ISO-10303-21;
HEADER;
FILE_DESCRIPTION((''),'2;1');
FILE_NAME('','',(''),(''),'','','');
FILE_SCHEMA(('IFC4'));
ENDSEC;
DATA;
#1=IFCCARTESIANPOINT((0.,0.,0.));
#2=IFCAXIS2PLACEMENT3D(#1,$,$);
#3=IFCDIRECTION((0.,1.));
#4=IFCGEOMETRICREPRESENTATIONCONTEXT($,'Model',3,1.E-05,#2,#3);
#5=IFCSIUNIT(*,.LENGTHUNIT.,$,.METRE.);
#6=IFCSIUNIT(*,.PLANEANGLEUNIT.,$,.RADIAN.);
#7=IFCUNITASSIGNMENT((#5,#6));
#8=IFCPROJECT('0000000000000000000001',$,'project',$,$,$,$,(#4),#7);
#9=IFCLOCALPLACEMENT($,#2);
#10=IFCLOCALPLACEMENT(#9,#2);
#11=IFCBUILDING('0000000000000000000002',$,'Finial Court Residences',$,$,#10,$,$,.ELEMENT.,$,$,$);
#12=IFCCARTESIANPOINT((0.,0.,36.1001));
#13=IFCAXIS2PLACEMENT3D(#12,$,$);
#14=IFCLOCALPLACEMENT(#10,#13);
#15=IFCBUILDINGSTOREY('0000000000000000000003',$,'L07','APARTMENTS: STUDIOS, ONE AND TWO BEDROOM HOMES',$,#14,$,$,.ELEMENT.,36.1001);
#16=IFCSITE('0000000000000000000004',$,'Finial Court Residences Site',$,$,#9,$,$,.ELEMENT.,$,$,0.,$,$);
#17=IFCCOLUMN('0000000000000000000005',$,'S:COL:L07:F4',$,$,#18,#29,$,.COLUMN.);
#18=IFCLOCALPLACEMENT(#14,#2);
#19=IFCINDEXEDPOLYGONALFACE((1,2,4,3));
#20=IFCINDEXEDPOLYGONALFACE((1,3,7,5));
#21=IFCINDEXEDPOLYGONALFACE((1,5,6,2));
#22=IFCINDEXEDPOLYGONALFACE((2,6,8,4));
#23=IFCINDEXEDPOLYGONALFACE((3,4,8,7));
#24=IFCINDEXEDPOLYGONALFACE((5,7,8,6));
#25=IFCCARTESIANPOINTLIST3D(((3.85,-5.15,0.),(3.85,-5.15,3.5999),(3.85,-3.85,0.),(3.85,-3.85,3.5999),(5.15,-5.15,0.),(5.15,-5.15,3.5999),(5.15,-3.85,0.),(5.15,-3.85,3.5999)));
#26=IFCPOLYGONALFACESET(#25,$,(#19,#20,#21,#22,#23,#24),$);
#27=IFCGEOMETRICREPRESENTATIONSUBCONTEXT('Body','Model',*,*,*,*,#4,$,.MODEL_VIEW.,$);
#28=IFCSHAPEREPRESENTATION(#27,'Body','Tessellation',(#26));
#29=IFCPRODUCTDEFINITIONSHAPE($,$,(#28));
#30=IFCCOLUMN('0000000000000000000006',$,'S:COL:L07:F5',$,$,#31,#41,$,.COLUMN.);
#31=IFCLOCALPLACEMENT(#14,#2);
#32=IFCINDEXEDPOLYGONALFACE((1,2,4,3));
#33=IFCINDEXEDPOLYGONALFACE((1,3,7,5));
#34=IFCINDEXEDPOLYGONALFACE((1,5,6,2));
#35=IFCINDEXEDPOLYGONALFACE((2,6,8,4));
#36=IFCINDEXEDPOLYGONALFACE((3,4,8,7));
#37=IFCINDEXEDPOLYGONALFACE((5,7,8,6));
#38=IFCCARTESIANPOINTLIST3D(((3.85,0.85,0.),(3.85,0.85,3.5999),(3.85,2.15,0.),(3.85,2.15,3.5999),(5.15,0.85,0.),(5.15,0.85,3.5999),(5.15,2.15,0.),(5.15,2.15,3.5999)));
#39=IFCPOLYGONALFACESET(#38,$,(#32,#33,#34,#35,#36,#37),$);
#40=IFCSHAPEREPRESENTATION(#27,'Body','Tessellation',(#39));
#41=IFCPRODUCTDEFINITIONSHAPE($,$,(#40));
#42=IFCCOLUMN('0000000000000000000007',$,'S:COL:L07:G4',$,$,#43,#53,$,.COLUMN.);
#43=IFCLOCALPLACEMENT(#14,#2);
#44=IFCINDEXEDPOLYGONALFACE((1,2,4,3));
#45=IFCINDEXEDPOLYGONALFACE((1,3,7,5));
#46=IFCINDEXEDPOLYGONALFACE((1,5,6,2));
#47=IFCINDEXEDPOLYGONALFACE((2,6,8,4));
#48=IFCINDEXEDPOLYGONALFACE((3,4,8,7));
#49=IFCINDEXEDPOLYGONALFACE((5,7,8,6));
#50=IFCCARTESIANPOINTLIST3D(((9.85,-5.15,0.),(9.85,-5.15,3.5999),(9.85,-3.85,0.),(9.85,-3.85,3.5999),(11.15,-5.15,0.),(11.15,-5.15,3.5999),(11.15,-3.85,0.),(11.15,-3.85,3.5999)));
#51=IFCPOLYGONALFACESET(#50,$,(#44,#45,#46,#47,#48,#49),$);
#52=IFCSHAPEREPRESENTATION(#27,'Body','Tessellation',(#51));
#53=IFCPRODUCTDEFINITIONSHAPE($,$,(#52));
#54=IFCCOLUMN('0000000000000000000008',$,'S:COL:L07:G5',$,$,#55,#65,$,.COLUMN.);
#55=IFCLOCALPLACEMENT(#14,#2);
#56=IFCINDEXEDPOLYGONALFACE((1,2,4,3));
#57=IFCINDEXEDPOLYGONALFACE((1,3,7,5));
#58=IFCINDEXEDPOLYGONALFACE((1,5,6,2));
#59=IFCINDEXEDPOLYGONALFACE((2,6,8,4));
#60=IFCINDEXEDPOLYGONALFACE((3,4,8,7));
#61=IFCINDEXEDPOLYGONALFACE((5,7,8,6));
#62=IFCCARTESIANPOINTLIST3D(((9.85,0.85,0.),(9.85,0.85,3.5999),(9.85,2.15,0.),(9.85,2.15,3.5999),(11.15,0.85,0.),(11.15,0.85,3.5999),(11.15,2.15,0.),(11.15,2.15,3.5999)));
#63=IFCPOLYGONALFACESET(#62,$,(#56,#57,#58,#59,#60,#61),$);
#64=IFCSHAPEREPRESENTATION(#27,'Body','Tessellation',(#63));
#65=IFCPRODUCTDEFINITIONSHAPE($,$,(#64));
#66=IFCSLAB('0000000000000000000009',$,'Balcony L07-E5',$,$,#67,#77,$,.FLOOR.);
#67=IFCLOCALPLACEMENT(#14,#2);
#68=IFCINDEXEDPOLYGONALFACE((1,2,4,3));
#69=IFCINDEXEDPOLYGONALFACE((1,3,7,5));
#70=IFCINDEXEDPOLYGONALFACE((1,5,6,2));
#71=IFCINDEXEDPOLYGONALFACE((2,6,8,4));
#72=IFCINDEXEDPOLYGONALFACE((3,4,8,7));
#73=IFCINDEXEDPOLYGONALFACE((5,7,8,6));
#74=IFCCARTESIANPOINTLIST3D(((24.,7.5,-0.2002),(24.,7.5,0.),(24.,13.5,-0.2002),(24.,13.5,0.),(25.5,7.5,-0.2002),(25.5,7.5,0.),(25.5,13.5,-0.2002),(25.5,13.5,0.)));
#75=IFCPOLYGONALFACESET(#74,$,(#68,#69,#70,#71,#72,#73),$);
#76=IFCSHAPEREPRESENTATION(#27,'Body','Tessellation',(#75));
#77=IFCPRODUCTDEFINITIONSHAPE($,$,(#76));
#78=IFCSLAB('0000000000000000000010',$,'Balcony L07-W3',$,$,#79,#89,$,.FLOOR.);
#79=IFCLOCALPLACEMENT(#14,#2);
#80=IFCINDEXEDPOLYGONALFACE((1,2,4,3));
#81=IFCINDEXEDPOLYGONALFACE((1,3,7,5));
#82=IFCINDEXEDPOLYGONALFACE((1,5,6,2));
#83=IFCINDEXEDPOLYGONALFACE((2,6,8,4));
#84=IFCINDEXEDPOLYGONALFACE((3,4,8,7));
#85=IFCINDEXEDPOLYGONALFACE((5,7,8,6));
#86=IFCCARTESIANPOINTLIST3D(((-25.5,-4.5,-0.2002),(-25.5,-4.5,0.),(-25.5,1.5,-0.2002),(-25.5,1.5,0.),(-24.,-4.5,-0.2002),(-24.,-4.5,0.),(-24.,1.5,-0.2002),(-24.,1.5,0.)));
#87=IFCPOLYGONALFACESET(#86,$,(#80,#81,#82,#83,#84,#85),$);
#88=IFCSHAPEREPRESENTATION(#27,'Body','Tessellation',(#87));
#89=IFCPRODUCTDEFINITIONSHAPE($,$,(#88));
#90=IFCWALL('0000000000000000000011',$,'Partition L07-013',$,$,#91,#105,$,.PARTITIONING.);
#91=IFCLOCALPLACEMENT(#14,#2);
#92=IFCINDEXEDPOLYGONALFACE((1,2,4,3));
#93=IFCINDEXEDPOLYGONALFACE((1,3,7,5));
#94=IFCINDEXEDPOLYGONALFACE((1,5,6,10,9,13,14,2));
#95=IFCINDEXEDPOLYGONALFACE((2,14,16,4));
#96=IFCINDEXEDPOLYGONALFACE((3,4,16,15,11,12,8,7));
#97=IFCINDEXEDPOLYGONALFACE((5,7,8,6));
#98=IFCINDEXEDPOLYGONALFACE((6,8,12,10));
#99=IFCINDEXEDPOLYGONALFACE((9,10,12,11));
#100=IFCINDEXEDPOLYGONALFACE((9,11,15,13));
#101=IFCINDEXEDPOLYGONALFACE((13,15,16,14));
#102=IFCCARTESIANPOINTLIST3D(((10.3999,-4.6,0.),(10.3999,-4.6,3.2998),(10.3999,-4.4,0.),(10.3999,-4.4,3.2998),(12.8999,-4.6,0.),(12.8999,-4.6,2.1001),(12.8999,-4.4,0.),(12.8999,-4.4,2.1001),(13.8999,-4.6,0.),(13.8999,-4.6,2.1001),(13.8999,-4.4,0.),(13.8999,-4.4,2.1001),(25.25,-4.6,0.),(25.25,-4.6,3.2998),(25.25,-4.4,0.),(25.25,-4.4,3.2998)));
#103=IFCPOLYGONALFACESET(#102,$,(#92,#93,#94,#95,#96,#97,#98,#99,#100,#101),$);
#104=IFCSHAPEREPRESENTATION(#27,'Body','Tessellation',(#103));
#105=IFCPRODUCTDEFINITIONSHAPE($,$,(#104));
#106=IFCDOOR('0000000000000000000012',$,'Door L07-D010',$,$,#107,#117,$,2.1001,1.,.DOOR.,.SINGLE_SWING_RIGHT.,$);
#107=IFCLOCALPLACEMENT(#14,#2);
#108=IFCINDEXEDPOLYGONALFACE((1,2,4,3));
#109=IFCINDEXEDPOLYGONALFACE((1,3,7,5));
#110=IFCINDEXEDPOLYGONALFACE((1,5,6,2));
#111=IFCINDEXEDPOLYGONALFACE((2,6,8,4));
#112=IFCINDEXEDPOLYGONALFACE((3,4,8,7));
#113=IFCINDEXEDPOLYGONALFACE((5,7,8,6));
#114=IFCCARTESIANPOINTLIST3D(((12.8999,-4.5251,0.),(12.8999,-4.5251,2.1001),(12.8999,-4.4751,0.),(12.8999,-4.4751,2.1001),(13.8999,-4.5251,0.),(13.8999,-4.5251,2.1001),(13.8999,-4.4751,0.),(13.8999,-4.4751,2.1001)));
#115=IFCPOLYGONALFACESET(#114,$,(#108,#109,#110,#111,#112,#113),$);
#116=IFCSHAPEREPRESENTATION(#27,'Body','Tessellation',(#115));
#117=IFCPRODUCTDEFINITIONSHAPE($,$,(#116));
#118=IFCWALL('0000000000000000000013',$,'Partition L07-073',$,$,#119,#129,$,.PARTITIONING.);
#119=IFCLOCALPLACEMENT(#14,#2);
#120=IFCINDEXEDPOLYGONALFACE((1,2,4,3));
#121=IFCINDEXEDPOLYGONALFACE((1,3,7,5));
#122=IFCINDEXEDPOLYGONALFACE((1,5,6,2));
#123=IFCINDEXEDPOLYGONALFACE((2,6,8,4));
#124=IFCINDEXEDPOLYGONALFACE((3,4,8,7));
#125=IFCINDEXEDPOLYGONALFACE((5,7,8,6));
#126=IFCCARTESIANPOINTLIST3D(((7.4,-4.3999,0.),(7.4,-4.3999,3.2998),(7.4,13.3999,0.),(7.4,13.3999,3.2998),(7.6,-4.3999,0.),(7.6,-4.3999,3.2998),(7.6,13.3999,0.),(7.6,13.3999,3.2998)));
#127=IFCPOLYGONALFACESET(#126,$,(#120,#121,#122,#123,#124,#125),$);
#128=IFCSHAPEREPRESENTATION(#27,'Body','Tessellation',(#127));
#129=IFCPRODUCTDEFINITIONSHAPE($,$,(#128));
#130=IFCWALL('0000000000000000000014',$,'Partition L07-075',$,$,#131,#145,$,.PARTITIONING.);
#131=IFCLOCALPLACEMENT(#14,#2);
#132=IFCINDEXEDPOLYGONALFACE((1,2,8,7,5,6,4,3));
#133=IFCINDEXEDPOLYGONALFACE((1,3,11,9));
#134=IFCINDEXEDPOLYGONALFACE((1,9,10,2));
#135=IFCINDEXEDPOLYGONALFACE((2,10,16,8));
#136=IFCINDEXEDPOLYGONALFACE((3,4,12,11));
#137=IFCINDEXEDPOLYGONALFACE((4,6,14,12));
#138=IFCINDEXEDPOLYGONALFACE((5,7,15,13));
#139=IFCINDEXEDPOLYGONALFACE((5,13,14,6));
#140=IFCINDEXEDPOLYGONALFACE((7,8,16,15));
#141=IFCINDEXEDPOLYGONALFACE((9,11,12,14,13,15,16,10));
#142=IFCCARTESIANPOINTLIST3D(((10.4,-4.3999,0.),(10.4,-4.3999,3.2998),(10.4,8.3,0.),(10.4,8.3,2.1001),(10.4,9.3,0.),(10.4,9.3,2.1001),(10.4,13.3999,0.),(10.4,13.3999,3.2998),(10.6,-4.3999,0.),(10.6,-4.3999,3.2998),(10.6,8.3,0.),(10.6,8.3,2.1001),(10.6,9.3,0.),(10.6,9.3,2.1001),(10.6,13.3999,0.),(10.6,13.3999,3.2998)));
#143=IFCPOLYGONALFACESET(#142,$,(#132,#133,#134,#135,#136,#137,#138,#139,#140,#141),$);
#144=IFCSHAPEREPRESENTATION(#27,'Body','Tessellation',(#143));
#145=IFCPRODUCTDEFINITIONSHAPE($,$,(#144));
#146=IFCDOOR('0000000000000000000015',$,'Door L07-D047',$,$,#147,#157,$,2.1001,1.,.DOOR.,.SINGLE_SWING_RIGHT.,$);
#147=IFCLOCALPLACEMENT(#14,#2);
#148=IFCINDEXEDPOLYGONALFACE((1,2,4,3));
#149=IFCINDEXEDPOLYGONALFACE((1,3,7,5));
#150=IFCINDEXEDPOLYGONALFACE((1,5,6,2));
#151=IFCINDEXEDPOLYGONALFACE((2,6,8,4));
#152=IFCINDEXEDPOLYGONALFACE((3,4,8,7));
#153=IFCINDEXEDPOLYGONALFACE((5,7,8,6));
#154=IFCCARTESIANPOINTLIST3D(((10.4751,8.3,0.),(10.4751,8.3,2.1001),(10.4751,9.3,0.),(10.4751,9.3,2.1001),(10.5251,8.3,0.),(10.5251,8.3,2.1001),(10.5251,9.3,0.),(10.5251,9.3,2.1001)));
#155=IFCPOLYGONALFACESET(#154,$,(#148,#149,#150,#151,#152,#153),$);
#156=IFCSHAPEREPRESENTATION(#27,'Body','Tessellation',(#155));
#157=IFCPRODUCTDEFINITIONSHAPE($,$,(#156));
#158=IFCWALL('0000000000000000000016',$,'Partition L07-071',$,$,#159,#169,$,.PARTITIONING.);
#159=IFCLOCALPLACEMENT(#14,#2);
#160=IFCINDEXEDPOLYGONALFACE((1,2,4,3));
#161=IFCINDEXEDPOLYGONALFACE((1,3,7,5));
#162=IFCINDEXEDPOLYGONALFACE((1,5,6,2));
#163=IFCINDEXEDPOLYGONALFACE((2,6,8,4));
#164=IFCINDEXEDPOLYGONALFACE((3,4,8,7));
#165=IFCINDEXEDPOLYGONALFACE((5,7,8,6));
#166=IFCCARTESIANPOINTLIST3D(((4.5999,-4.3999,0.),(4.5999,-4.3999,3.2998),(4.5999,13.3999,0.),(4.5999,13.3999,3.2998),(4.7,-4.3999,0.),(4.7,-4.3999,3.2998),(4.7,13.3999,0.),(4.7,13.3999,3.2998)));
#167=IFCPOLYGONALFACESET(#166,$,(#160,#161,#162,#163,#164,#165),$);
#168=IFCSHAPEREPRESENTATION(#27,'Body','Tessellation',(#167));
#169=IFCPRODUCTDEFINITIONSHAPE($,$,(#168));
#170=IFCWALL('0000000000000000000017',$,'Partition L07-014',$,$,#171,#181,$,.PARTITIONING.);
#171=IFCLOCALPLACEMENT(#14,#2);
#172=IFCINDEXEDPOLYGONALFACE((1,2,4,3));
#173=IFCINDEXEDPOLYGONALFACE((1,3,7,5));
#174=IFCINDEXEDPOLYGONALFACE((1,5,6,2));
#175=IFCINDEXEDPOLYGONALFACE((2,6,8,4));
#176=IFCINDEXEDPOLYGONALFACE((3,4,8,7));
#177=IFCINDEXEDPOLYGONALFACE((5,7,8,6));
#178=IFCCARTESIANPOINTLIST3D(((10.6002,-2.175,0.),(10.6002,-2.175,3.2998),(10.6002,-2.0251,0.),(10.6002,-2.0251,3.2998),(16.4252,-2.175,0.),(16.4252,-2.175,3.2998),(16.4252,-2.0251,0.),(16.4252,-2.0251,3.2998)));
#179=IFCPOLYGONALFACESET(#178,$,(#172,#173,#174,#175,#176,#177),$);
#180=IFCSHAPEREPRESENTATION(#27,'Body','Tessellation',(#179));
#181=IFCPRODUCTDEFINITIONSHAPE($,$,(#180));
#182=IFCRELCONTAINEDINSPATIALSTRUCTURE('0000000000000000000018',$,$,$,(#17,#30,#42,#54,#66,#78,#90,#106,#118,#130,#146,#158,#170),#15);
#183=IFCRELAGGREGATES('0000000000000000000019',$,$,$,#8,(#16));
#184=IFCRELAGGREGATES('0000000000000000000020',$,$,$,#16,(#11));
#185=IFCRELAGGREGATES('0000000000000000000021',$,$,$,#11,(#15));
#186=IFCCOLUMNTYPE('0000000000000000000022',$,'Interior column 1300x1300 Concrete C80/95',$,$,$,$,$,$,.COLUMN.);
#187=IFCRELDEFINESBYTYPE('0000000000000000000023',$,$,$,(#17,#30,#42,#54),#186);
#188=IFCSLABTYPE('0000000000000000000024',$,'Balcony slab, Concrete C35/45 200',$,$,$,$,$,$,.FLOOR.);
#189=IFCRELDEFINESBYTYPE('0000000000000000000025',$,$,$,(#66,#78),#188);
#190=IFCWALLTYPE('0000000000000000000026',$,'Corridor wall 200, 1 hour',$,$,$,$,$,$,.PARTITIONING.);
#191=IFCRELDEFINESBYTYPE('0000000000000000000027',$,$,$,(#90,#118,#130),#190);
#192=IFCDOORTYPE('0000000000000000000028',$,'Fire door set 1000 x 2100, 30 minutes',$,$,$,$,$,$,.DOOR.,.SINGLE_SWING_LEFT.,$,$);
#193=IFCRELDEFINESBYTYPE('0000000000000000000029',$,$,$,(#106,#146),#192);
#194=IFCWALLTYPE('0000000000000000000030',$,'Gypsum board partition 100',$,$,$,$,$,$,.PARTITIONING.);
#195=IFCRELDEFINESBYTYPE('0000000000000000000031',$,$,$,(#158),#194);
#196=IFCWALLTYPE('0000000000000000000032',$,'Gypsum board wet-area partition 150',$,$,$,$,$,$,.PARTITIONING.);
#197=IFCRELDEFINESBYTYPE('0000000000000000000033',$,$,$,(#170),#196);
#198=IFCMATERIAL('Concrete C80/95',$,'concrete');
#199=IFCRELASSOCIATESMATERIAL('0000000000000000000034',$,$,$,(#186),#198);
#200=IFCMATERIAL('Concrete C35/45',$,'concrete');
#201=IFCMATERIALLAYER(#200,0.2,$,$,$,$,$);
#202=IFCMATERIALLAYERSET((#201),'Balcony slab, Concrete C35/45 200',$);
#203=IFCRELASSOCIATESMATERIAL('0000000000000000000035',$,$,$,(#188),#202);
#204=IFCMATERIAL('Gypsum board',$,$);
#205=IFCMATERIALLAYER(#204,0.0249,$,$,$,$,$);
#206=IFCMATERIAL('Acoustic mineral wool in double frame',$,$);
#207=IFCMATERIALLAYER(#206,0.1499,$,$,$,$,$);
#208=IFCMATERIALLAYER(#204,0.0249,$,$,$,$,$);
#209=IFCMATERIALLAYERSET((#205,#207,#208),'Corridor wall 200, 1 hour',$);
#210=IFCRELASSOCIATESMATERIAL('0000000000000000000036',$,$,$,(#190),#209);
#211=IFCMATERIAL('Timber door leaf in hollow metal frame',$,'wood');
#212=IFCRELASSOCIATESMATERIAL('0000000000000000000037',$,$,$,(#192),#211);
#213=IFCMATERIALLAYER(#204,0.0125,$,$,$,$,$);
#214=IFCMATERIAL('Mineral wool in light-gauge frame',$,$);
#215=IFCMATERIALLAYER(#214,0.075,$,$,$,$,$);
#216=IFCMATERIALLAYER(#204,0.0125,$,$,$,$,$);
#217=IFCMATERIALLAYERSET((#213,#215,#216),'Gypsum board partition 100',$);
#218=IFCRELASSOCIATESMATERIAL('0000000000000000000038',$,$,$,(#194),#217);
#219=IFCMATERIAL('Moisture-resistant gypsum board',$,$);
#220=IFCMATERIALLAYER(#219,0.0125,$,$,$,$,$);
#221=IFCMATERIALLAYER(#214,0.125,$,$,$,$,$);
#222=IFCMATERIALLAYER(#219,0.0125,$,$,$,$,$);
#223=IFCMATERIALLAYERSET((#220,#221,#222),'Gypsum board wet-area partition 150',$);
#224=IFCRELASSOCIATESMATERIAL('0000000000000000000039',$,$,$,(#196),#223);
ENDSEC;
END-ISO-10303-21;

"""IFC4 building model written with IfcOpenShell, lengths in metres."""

from ifc_helpers import new_model, si_unit, direction, frame, frame_2d, origin, origin_2d, place, context, subcontext, project, spatial, polyline, rectangle, outline, extrude, material, layer, layer_set, material_profile, profile_set, type_object, element, fill, save


model = new_model("IFC4")

# Units and contexts
model_context = context("Model", 3, precision=1e-05, world=origin(), true_north=direction((0.0, 1.0)))
body_context = subcontext(model_context, "Body", "Model", "MODEL_VIEW")
ifc_project = project(units=[si_unit("LENGTHUNIT", "METRE"), si_unit("PLANEANGLEUNIT", "RADIAN")], contexts=[model_context])

# Site, building, storey
site_placement = place(None, origin())
site = spatial("IfcSite", under=ifc_project, at=site_placement, Name="Finial Court Residences Site", CompositionType="ELEMENT", RefElevation=0.0)
building_placement = place(site_placement, origin())
building = spatial("IfcBuilding", under=site, at=building_placement, Name="Finial Court Residences", CompositionType="ELEMENT")
storey_placement = place(building_placement, frame((0.0, 0.0, 36.1001)))
storey = spatial("IfcBuildingStorey", under=building, at=storey_placement, Name="L07", Description="APARTMENTS: STUDIOS, ONE AND TWO BEDROOM HOMES", CompositionType="ELEMENT", Elevation=36.1001)

# Columns
ifc_material_1 = material(Name="Concrete C80/95", Category="concrete")
ifc_material_profile = material_profile(ifc_material_1, rectangle(XDim=1.3, YDim=1.3, at=origin_2d()), Name="1300x1300")
ifc_profile_set = profile_set([ifc_material_profile], Name="Concrete C80/95")
column_type = type_object("IfcColumnType", Name="Interior column 1300x1300 Concrete C80/95", PredefinedType="COLUMN", material=ifc_profile_set)
for number, where, z_axis, x_axis, name in (
    (1, (4.5, -4.5, 0.0), (0.0, 0.0, 1.0), (1.0, 0.0, 0.0), "S:COL:L07:F4"),
    (2, (4.5, 1.5, 0.0), (0.0, 0.0, 1.0), (1.0, 0.0, 0.0), "S:COL:L07:F5"),
    (3, (10.5, -4.5, 0.0), (0.0, 0.0, 1.0), (1.0, 0.0, 0.0), "S:COL:L07:G4"),
    (4, (10.5, 1.5, 0.0), (0.0, 0.0, 1.0), (1.0, 0.0, 0.0), "S:COL:L07:G5"),
):
    element("IfcColumn", number, at=place(storey_placement, frame(where, z_axis=z_axis, x_axis=x_axis)), inside=storey, type_object=column_type, Name=name, PredefinedType="COLUMN", context=body_context, shape_type="SweptSolid", body=[
        extrude(rectangle(XDim=1.3, YDim=1.3, at=origin_2d()), origin(), (0.0, 0.0, 1.0), 3.5999),
    ])

# Slabs
ifc_material_2 = material(Name="Concrete C35/45", Category="concrete")
ifc_layer_1 = layer(ifc_material_2, 0.2)
ifc_layer_set_1 = layer_set([ifc_layer_1], Name="Balcony slab, Concrete C35/45 200")
slab_type = type_object("IfcSlabType", Name="Balcony slab, Concrete C35/45 200", PredefinedType="FLOOR", material=ifc_layer_set_1)
slab_1_placement = place(storey_placement, frame((0.0, 0.0, -0.2002)))
element("IfcSlab", 5, at=slab_1_placement, inside=storey, type_object=slab_type, Name="Balcony L07-E5", PredefinedType="FLOOR", context=body_context, shape_type="SweptSolid", body=[
    extrude(outline(polyline([(25.5, 7.5), (25.5, 13.5), (24.0, 13.5), (24.0, 7.5), (25.5, 7.5)])), origin(), (0.0, 0.0, 1.0), 0.2002),
])
slab_2_placement = place(storey_placement, frame((0.0, 0.0, -0.2002)))
element("IfcSlab", 6, at=slab_2_placement, inside=storey, type_object=slab_type, Name="Balcony L07-W3", PredefinedType="FLOOR", context=body_context, shape_type="SweptSolid", body=[
    extrude(outline(polyline([(-24.0, -4.5), (-24.0, 1.5), (-25.5, 1.5), (-25.5, -4.5), (-24.0, -4.5)])), origin(), (0.0, 0.0, 1.0), 0.2002),
])

# Wall, opening, door
ifc_material_3 = material(Name="Gypsum board")
ifc_layer_2 = layer(ifc_material_3, 0.0249)
ifc_material_4 = material(Name="Acoustic mineral wool in double frame")
ifc_layer_3 = layer(ifc_material_4, 0.1499)
ifc_layer_4 = layer(ifc_material_3, 0.0249)
ifc_layer_set_2 = layer_set([ifc_layer_2, ifc_layer_3, ifc_layer_4], Name="Corridor wall 200, 1 hour")
wall_type_1 = type_object("IfcWallType", Name="Corridor wall 200, 1 hour", PredefinedType="PARTITIONING", material=ifc_layer_set_2)
wall_1_placement = place(storey_placement, frame((10.3999, -4.5, 0.0), z_axis=(0.0, 0.0, 1.0), x_axis=(1.0, 0.0, 0.0)))
wall_1 = element("IfcWall", 7, at=wall_1_placement, inside=storey, type_object=wall_type_1, Name="Partition L07-013", PredefinedType="PARTITIONING", context=body_context, shape_type="SweptSolid", body=[
    extrude(rectangle(XDim=14.8501, YDim=0.2, at=frame_2d((7.425, 0.0))), origin(), (0.0, 0.0, 1.0), 3.2998),
])
opening_1_placement = place(wall_1_placement, frame((2.5, 0.0, 0.0)))
opening_1 = element("IfcOpeningElement", 8, at=opening_1_placement, cuts=wall_1, PredefinedType="OPENING", context=body_context, shape_type="SweptSolid", body=[
    extrude(rectangle(XDim=1.0, YDim=2.1001, at=frame_2d((0.5, 1.05))), frame((0.0, 0.1099, 0.0), z_axis=(0.0, -1.0, 0.0), x_axis=(1.0, 0.0, 0.0)), (0.0, 0.0, 1.0), 0.22),
])
ifc_material_5 = material(Name="Timber door leaf in hollow metal frame", Category="wood")
door_type_1 = type_object("IfcDoorType", Name="Fire door set 1000 x 2100, 30 minutes", OperationType="SINGLE_SWING_LEFT", PredefinedType="DOOR", material=ifc_material_5)
door_1_placement = place(opening_1_placement, origin())
door_1 = element("IfcDoor", 9, at=door_1_placement, inside=storey, type_object=door_type_1, Name="Door L07-D010", OperationType="SINGLE_SWING_RIGHT", OverallHeight=2.1001, OverallWidth=1.0, PredefinedType="DOOR", context=body_context, shape_type="SweptSolid", body=[
    extrude(rectangle(XDim=1.0, YDim=2.1001, at=frame_2d((0.5, 1.05))), frame((0.0, 0.0249, 0.0), z_axis=(0.0, -1.0, 0.0), x_axis=(1.0, 0.0, 0.0)), (0.0, 0.0, 1.0), 0.05),
])
fill(opening_1, door_1)

# Wall
wall_2_placement = place(storey_placement, frame((7.5, -4.3999, 0.0), z_axis=(0.0, 0.0, 1.0), x_axis=(0.0, 1.0, 0.0)))
element("IfcWall", 10, at=wall_2_placement, inside=storey, type_object=wall_type_1, Name="Partition L07-073", PredefinedType="PARTITIONING", context=body_context, shape_type="SweptSolid", body=[
    extrude(rectangle(XDim=17.7998, YDim=0.2, at=frame_2d((8.8999, 0.0))), origin(), (0.0, 0.0, 1.0), 3.2998),
])

# Wall, opening, door
wall_3_placement = place(storey_placement, frame((10.5, -4.3999, 0.0), z_axis=(0.0, 0.0, 1.0), x_axis=(0.0, 1.0, 0.0)))
wall_3 = element("IfcWall", 11, at=wall_3_placement, inside=storey, type_object=wall_type_1, Name="Partition L07-075", PredefinedType="PARTITIONING", context=body_context, shape_type="SweptSolid", body=[
    extrude(rectangle(XDim=17.7998, YDim=0.2, at=frame_2d((8.8999, 0.0))), origin(), (0.0, 0.0, 1.0), 3.2998),
])
opening_2_placement = place(wall_3_placement, frame((12.7, 0.0, 0.0)))
opening_2 = element("IfcOpeningElement", 12, at=opening_2_placement, cuts=wall_3, PredefinedType="OPENING", context=body_context, shape_type="SweptSolid", body=[
    extrude(rectangle(XDim=1.0, YDim=2.1001, at=frame_2d((0.5, 1.05))), frame((0.0, 0.1099, 0.0), z_axis=(0.0, -1.0, 0.0), x_axis=(1.0, 0.0, 0.0)), (0.0, 0.0, 1.0), 0.22),
])
door_2_placement = place(opening_2_placement, origin())
door_2 = element("IfcDoor", 13, at=door_2_placement, inside=storey, type_object=door_type_1, Name="Door L07-D047", OperationType="SINGLE_SWING_RIGHT", OverallHeight=2.1001, OverallWidth=1.0, PredefinedType="DOOR", context=body_context, shape_type="SweptSolid", body=[
    extrude(rectangle(XDim=1.0, YDim=2.1001, at=frame_2d((0.5, 1.05))), frame((0.0, 0.0249, 0.0), z_axis=(0.0, -1.0, 0.0), x_axis=(1.0, 0.0, 0.0)), (0.0, 0.0, 1.0), 0.05),
])
fill(opening_2, door_2)

# Walls
ifc_layer_5 = layer(ifc_material_3, 0.0125)
ifc_material_6 = material(Name="Mineral wool in light-gauge frame")
ifc_layer_6 = layer(ifc_material_6, 0.075)
ifc_layer_7 = layer(ifc_material_3, 0.0125)
ifc_layer_set_3 = layer_set([ifc_layer_5, ifc_layer_6, ifc_layer_7], Name="Gypsum board partition 100")
wall_type_2 = type_object("IfcWallType", Name="Gypsum board partition 100", PredefinedType="PARTITIONING", material=ifc_layer_set_3)
wall_4_placement = place(storey_placement, frame((4.6499, -4.3999, 0.0), z_axis=(0.0, 0.0, 1.0), x_axis=(0.0, 1.0, 0.0)))
element("IfcWall", 14, at=wall_4_placement, inside=storey, type_object=wall_type_2, Name="Partition L07-071", PredefinedType="PARTITIONING", context=body_context, shape_type="SweptSolid", body=[
    extrude(rectangle(XDim=17.7998, YDim=0.1001, at=frame_2d((8.8999, 0.0))), origin(), (0.0, 0.0, 1.0), 3.2998),
])
ifc_material_7 = material(Name="Moisture-resistant gypsum board")
ifc_layer_8 = layer(ifc_material_7, 0.0125)
ifc_layer_9 = layer(ifc_material_6, 0.125)
ifc_layer_10 = layer(ifc_material_7, 0.0125)
ifc_layer_set_4 = layer_set([ifc_layer_8, ifc_layer_9, ifc_layer_10], Name="Gypsum board wet-area partition 150")
wall_type_3 = type_object("IfcWallType", Name="Gypsum board wet-area partition 150", PredefinedType="PARTITIONING", material=ifc_layer_set_4)
wall_5_placement = place(storey_placement, frame((10.6001, -2.1001, 0.0), z_axis=(0.0, 0.0, 1.0), x_axis=(1.0, 0.0, 0.0)))
element("IfcWall", 15, at=wall_5_placement, inside=storey, type_object=wall_type_3, Name="Partition L07-014", PredefinedType="PARTITIONING", context=body_context, shape_type="SweptSolid", body=[
    extrude(rectangle(XDim=5.825, YDim=0.1499, at=frame_2d((2.9126, 0.0))), origin(), (0.0, 0.0, 1.0), 3.2998),
])

save(model, "model.ifc")
